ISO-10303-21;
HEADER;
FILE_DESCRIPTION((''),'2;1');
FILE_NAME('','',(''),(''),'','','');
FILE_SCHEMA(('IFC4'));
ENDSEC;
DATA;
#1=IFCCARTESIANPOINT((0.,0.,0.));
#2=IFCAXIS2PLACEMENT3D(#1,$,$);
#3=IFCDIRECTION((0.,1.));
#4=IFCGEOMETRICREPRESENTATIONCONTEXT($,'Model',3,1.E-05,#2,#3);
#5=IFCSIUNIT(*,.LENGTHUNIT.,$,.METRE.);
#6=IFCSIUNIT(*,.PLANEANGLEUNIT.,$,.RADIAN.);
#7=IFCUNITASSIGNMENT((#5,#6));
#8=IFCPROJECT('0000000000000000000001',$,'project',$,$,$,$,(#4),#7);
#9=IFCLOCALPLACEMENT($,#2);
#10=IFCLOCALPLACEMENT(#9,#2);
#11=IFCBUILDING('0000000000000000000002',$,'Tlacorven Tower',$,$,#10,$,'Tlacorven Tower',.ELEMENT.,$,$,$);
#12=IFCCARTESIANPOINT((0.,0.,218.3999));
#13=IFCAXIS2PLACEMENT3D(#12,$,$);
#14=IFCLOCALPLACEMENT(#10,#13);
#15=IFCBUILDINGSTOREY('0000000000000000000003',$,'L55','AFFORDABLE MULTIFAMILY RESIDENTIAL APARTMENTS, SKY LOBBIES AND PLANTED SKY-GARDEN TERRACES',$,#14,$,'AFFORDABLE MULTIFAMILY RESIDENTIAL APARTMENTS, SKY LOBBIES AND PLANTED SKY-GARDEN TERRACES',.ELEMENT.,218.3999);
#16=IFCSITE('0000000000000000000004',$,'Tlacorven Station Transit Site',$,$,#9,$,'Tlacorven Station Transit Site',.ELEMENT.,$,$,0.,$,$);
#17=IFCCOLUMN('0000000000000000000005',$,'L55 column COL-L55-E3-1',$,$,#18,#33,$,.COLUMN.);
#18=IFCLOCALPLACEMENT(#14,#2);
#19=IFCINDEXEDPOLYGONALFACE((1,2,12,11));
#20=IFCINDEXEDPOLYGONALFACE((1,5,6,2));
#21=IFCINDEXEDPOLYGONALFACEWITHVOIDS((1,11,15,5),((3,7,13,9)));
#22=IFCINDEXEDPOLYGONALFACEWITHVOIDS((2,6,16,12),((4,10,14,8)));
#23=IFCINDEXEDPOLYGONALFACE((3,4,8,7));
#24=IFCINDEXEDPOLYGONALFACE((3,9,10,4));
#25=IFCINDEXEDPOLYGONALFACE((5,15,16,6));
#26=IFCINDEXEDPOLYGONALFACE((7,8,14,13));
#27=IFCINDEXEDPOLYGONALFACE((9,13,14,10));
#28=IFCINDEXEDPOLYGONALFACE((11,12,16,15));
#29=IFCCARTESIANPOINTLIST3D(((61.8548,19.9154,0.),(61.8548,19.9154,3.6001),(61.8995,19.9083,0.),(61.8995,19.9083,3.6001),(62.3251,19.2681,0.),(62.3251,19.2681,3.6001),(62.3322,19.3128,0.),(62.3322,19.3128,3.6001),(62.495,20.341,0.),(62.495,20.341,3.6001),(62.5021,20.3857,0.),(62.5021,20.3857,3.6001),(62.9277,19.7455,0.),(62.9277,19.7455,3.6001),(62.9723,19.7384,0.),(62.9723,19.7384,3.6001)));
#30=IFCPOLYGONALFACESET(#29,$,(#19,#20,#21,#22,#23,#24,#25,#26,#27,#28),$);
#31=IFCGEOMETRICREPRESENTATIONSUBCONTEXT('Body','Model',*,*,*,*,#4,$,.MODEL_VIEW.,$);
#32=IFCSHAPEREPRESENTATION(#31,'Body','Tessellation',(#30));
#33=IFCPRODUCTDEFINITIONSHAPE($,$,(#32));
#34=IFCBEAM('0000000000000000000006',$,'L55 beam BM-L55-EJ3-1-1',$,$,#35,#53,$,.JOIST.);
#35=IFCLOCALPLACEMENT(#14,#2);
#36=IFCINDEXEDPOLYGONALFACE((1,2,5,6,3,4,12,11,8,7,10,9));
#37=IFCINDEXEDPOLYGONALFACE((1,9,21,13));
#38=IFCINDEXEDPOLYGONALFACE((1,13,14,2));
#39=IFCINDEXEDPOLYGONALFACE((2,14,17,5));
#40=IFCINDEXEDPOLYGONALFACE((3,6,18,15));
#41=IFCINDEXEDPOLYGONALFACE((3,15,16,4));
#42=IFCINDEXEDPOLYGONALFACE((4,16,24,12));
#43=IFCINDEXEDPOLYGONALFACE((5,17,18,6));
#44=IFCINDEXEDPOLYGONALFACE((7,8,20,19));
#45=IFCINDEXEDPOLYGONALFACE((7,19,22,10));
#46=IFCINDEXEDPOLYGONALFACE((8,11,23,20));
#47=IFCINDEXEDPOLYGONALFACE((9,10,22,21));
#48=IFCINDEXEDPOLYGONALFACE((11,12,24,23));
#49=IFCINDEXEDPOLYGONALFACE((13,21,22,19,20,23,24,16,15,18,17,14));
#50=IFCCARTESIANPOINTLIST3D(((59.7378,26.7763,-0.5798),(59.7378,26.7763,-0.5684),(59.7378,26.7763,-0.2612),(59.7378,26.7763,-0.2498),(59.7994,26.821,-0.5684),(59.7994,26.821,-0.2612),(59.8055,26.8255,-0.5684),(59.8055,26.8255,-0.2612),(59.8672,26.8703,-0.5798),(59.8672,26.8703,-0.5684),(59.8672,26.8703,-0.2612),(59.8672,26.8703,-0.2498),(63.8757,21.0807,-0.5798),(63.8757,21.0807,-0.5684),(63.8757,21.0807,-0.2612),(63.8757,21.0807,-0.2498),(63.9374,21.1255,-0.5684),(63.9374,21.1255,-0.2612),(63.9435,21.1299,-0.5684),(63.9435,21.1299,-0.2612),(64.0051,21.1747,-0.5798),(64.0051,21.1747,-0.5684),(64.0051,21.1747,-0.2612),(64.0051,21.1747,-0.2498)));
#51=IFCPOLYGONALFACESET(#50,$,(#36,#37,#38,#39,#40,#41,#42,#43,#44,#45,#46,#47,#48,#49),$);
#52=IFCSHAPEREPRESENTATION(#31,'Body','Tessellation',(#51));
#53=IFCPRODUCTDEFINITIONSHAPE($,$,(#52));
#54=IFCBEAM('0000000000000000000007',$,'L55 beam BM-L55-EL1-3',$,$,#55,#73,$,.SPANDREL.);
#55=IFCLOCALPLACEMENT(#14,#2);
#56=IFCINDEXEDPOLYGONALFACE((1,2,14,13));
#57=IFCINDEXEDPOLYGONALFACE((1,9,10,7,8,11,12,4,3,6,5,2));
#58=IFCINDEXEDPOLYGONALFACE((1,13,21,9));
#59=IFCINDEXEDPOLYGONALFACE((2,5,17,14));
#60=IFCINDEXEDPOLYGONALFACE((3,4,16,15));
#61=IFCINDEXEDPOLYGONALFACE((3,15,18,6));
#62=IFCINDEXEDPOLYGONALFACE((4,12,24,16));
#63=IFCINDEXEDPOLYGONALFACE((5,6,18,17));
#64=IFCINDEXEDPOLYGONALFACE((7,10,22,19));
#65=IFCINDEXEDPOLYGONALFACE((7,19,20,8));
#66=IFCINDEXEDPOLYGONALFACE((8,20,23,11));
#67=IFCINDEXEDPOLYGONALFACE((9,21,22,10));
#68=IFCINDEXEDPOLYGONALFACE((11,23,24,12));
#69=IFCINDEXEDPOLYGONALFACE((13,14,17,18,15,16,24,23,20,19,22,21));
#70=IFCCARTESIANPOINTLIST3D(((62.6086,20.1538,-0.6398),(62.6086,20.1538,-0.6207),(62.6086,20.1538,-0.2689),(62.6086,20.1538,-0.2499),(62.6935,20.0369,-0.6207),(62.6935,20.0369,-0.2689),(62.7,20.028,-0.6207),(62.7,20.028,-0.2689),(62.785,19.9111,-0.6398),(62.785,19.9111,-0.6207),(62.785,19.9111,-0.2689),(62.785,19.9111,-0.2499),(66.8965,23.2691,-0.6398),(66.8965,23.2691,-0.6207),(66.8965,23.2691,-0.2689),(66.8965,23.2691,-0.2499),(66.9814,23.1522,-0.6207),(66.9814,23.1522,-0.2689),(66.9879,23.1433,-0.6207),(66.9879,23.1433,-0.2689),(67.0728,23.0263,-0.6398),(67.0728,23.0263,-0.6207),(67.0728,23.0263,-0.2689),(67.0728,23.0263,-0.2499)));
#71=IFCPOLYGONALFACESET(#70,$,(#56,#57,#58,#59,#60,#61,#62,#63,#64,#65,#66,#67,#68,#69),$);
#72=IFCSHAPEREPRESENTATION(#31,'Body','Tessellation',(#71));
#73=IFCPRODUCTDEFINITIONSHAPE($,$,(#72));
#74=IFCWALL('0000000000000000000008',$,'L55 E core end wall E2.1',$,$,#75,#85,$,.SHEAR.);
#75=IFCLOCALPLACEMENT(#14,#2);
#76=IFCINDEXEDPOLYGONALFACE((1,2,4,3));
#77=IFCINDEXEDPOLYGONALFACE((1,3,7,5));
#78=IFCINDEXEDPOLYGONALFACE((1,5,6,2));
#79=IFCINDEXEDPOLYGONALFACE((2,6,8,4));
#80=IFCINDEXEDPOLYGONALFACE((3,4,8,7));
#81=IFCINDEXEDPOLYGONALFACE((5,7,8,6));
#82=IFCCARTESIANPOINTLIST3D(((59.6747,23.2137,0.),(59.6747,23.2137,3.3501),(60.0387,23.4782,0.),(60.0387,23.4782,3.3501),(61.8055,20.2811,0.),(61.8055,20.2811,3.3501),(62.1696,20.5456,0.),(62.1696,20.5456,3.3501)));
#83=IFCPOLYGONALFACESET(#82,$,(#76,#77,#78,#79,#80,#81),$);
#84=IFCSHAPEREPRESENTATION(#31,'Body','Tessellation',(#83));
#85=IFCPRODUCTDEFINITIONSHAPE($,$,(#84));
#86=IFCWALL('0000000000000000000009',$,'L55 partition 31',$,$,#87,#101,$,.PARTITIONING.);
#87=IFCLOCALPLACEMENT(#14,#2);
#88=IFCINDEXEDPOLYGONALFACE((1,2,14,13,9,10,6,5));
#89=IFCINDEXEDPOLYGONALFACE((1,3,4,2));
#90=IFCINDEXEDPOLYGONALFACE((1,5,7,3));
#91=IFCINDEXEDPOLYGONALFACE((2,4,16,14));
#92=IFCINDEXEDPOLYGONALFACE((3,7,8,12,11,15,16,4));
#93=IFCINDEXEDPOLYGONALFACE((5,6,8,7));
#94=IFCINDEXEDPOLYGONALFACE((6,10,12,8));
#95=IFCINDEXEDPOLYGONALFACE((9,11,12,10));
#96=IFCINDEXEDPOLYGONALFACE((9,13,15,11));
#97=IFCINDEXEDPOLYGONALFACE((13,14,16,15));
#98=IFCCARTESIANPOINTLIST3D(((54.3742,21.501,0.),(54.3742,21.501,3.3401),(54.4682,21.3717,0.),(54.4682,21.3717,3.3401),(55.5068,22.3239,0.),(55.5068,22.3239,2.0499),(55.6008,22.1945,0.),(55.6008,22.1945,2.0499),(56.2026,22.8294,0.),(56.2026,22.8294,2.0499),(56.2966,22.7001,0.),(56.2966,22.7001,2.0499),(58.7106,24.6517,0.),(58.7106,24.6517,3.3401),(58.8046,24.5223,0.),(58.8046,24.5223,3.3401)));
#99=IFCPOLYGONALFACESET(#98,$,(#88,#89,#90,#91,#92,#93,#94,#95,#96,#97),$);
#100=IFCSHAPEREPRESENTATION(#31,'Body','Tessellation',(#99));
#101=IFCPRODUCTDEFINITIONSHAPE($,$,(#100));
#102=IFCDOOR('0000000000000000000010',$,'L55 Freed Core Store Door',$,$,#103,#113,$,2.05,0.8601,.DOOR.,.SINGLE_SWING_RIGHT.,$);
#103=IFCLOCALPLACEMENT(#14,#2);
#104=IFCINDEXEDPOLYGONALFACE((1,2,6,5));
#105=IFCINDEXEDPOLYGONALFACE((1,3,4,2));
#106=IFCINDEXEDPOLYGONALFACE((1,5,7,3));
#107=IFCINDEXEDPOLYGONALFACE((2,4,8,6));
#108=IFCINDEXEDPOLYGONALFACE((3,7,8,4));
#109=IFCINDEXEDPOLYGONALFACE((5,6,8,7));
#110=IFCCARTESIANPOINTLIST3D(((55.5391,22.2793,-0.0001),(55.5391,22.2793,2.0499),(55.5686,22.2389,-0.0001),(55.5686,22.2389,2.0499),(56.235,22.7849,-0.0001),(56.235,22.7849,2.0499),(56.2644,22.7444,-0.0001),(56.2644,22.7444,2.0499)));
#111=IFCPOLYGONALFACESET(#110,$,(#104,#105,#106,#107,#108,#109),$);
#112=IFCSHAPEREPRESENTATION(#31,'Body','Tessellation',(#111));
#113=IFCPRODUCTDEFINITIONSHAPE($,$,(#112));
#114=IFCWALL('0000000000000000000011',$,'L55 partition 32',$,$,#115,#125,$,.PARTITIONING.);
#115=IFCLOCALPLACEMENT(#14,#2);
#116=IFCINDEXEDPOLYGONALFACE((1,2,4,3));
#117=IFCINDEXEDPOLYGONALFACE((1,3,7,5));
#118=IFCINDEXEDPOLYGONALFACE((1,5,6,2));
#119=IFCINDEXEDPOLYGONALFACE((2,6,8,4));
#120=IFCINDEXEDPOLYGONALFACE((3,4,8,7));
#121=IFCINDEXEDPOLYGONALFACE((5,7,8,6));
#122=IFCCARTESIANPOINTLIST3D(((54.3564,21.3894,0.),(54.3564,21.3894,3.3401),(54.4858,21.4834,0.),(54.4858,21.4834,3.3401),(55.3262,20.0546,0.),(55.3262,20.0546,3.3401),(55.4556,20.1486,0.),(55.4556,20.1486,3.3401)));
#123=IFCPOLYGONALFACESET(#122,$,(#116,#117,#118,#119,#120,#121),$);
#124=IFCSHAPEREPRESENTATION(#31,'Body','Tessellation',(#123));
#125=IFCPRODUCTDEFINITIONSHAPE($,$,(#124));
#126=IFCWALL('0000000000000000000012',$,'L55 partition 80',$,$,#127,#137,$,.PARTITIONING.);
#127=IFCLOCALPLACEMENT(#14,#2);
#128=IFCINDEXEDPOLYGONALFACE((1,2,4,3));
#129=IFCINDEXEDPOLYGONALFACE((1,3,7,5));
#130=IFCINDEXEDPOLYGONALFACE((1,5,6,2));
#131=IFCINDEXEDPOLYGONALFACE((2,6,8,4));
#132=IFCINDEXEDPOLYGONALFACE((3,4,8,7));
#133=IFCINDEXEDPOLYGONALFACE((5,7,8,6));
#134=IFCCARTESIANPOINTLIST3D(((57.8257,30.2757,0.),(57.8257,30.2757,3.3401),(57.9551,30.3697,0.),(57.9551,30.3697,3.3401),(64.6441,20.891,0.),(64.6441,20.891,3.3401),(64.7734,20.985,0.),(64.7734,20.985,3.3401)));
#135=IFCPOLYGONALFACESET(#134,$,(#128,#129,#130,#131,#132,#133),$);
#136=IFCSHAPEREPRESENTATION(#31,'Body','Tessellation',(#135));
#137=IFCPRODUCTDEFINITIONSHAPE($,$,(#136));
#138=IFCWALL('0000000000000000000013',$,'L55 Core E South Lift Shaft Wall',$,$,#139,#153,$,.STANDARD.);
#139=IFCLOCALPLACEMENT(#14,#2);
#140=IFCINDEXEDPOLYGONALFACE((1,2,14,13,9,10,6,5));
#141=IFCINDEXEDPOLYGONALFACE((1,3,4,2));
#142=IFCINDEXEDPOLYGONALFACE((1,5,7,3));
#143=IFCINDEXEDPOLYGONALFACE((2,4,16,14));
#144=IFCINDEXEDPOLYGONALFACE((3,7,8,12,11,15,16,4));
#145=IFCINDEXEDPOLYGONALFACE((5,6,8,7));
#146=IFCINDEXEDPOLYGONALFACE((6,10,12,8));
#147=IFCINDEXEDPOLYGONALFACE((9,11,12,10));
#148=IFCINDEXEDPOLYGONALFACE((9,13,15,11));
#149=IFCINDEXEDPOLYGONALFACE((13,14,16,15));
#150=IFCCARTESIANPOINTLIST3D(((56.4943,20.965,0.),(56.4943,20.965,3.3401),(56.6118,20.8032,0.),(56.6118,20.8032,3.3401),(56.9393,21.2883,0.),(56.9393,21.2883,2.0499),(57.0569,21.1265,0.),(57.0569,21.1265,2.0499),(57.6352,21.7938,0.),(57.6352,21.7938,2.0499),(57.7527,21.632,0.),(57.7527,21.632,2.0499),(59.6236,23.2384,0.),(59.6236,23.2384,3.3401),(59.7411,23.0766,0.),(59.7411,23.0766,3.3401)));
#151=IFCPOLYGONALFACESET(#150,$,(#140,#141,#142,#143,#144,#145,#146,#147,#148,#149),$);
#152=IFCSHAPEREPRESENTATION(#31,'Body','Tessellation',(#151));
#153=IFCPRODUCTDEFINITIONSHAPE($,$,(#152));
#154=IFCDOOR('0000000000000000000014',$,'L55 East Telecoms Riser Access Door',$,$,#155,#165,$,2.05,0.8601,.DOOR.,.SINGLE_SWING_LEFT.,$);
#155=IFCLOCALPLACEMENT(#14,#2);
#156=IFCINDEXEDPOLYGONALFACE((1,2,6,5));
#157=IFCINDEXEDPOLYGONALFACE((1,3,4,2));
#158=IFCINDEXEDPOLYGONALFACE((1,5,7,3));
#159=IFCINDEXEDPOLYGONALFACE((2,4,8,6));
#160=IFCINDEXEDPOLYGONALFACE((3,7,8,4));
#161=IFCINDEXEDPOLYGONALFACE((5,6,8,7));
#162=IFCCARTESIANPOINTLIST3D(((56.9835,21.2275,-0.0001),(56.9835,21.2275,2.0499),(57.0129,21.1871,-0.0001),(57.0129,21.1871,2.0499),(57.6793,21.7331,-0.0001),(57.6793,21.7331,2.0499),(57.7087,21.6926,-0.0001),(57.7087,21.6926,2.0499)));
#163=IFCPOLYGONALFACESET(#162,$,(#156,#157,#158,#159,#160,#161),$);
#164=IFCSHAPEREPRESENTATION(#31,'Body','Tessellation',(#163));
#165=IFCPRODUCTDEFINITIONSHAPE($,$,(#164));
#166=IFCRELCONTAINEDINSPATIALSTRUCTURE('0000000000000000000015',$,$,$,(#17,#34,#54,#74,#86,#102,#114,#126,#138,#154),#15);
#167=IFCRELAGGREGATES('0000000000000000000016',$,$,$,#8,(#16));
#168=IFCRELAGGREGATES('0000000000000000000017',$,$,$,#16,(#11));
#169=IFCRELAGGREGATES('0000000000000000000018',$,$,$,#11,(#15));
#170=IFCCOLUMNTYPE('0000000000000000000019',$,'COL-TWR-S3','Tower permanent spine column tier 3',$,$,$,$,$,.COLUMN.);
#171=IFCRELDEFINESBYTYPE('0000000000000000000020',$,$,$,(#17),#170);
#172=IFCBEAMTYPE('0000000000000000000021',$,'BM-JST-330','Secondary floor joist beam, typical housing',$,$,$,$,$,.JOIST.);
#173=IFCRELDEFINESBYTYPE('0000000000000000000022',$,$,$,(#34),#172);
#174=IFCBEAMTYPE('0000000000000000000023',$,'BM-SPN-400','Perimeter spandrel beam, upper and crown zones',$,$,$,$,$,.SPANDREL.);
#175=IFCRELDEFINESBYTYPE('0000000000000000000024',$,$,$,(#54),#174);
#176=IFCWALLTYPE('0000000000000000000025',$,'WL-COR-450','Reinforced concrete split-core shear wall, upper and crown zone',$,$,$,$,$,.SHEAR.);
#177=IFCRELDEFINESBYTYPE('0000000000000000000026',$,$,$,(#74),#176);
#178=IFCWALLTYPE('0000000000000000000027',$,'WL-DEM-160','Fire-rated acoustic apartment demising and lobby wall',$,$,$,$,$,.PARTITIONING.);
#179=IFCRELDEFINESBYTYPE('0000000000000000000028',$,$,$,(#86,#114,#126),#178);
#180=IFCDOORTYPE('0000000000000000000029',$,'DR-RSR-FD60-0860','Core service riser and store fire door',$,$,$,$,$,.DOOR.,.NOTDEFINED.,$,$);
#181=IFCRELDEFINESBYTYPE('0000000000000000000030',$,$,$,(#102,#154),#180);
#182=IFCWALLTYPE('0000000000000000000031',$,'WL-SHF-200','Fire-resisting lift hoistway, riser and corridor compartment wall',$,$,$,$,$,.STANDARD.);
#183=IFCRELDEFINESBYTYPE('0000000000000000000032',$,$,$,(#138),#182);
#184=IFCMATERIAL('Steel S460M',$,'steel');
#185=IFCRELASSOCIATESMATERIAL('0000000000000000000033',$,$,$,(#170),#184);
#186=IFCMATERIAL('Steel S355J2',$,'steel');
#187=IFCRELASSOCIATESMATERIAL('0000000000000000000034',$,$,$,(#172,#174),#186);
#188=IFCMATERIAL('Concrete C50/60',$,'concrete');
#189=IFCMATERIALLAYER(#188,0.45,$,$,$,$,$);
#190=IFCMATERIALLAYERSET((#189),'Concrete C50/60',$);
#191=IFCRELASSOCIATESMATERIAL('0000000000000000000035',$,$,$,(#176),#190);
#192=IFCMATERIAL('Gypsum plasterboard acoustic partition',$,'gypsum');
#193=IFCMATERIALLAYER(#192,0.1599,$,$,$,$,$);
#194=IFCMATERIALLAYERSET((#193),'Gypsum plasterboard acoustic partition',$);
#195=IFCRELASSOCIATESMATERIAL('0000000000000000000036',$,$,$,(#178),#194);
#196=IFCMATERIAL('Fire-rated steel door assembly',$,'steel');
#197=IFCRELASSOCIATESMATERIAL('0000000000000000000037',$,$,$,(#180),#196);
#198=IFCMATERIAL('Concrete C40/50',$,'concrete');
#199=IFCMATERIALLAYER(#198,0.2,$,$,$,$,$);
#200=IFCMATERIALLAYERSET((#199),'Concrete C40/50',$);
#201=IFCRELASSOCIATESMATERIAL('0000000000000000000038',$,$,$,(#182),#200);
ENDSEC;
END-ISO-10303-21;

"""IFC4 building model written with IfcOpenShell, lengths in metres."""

from ifc_helpers import new_model, si_unit, direction, frame, frame_2d, origin, origin_2d, place, context, subcontext, project, spatial, rectangle, hollow_rectangle, i_section, extrude, source, transform, mapped, material, layer, layer_set, material_profile, profile_set, type_object, element, fill, save


model = new_model("IFC4")

# Units and contexts
model_context = context("Model", 3, precision=1e-05, world=origin(), true_north=direction((0.0, 1.0)))
body_context = subcontext(model_context, "Body", "Model", "MODEL_VIEW")
ifc_project = project(units=[si_unit("LENGTHUNIT", "METRE"), si_unit("PLANEANGLEUNIT", "RADIAN")], contexts=[model_context])

# Site, building, storey
site_placement = place(None, origin())
site = spatial("IfcSite", under=ifc_project, at=site_placement, Name="Tlacorven Station Transit Site", LongName="Tlacorven Station Transit Site", CompositionType="ELEMENT", RefElevation=0.0)
building_placement = place(site_placement, origin())
building = spatial("IfcBuilding", under=site, at=building_placement, Name="Tlacorven Tower", LongName="Tlacorven Tower", CompositionType="ELEMENT")
storey_placement = place(building_placement, frame((0.0, 0.0, 218.3999)))
storey = spatial("IfcBuildingStorey", under=building, at=storey_placement, Name="L55", Description="AFFORDABLE MULTIFAMILY RESIDENTIAL APARTMENTS, SKY LOBBIES AND PLANTED SKY-GARDEN TERRACES", LongName="AFFORDABLE MULTIFAMILY RESIDENTIAL APARTMENTS, SKY LOBBIES AND PLANTED SKY-GARDEN TERRACES", CompositionType="ELEMENT", Elevation=218.3999)

# Column
ifc_material_1 = material(Name="Steel S460M", Category="steel")
ifc_material_profile_1 = material_profile(ifc_material_1, hollow_rectangle(XDim=0.8, YDim=0.8, WallThickness=0.032, at=origin_2d()), Name="BOX 800X800X32")
ifc_profile_set_1 = profile_set([ifc_material_profile_1], Name="Steel S460M")
column_type = type_object("IfcColumnType", Name="COL-TWR-S3", Description="Tower permanent spine column tier 3", PredefinedType="COLUMN", material=ifc_profile_set_1)
shared_shape_1 = source(origin(), body_context, "Body", "SweptSolid", [
    extrude(hollow_rectangle(XDim=0.8, YDim=0.8, WallThickness=0.032, at=origin_2d()), origin(), (0.0, 0.0, 1.0), 3.6001),
])
column_placement = place(storey_placement, frame((62.4136, 19.8269, 0.0), z_axis=(0.0, 0.0, 1.0), x_axis=(0.809017, 0.587785, 0.0)))
element("IfcColumn", 1, at=column_placement, inside=storey, type_object=column_type, Name="L55 column COL-L55-E3-1", PredefinedType="COLUMN", context=body_context, shape_type="MappedRepresentation", body=[
    mapped(shared_shape_1, transform((0.0, 0.0, 0.0), scale=1.0)),
])

# Beams
ifc_material_2 = material(Name="Steel S355J2", Category="steel")
ifc_material_profile_2 = material_profile(ifc_material_2, i_section(OverallWidth=0.1599, OverallDepth=0.3301, WebThickness=0.0076, FlangeThickness=0.0115, at=origin_2d()), Name="IPE 330")
ifc_profile_set_2 = profile_set([ifc_material_profile_2], Name="Steel S355J2")
beam_type_1 = type_object("IfcBeamType", Name="BM-JST-330", Description="Secondary floor joist beam, typical housing", PredefinedType="JOIST", material=ifc_profile_set_2)
shared_shape_2 = source(origin(), body_context, "Body", "SweptSolid", [
    extrude(i_section(OverallWidth=0.1599, OverallDepth=0.3301, WebThickness=0.0076, FlangeThickness=0.0115, at=origin_2d()), origin(), (0.0, 0.0, 1.0), 7.04),
])
beam_1_placement = place(storey_placement, frame((63.9404, 21.1277, -0.4148), z_axis=(-0.587774, 0.809025, 0.0), x_axis=(-0.809025, -0.587774, 0.0)))
element("IfcBeam", 2, at=beam_1_placement, inside=storey, type_object=beam_type_1, Name="L55 beam BM-L55-EJ3-1-1", PredefinedType="JOIST", context=body_context, shape_type="MappedRepresentation", body=[
    mapped(shared_shape_2, transform((0.0, 0.0, 0.0), scale=1.0)),
])
ifc_material_profile_3 = material_profile(ifc_material_2, i_section(OverallWidth=0.3, OverallDepth=0.3899, WebThickness=0.011, FlangeThickness=0.019, at=origin_2d()), Name="HEA 400")
ifc_profile_set_3 = profile_set([ifc_material_profile_3], Name="Steel S355J2")
beam_type_2 = type_object("IfcBeamType", Name="BM-SPN-400", Description="Perimeter spandrel beam, upper and crown zones", PredefinedType="SPANDREL", material=ifc_profile_set_3)
shared_shape_3 = source(origin(), body_context, "Body", "SweptSolid", [
    extrude(i_section(OverallWidth=0.3, OverallDepth=0.3899, WebThickness=0.011, FlangeThickness=0.019, at=origin_2d()), origin(), (0.0, 0.0, 1.0), 5.3),
])
beam_2_placement = place(storey_placement, frame((62.6968, 20.0325, -0.4448), z_axis=(0.809023, 0.587777, 0.0), x_axis=(-0.587777, 0.809023, 0.0)))
element("IfcBeam", 3, at=beam_2_placement, inside=storey, type_object=beam_type_2, Name="L55 beam BM-L55-EL1-3", PredefinedType="SPANDREL", context=body_context, shape_type="MappedRepresentation", body=[
    mapped(shared_shape_3, transform((0.0, 0.0, 0.0), scale=1.0)),
])

# Wall
ifc_material_3 = material(Name="Concrete C50/60", Category="concrete")
ifc_layer_1 = layer(ifc_material_3, 0.45)
ifc_layer_set_1 = layer_set([ifc_layer_1], Name="Concrete C50/60")
wall_type_1 = type_object("IfcWallType", Name="WL-COR-450", Description="Reinforced concrete split-core shear wall, upper and crown zone", PredefinedType="SHEAR", material=ifc_layer_set_1)
wall_1_placement = place(storey_placement, frame((61.9875, 20.4133, 0.0), z_axis=(0.0, 0.0, 1.0), x_axis=(-0.587819, 0.808992, 0.0)))
element("IfcWall", 4, at=wall_1_placement, inside=storey, type_object=wall_type_1, Name="L55 E core end wall E2.1", PredefinedType="SHEAR", context=body_context, shape_type="SweptSolid", body=[
    extrude(rectangle(XDim=3.625, YDim=0.45, at=frame_2d((1.8125, 0.0))), origin(), (0.0, 0.0, 1.0), 3.3501),
])

# Wall, opening, door
ifc_material_4 = material(Name="Gypsum plasterboard acoustic partition", Category="gypsum")
ifc_layer_2 = layer(ifc_material_4, 0.1599)
ifc_layer_set_2 = layer_set([ifc_layer_2], Name="Gypsum plasterboard acoustic partition")
wall_type_2 = type_object("IfcWallType", Name="WL-DEM-160", Description="Fire-rated acoustic apartment demising and lobby wall", PredefinedType="PARTITIONING", material=ifc_layer_set_2)
wall_2_placement = place(storey_placement, frame((54.4211, 21.4363, 0.0), z_axis=(0.0, 0.0, 1.0), x_axis=(0.809014, 0.58779, 0.0)))
wall_2 = element("IfcWall", 5, at=wall_2_placement, inside=storey, type_object=wall_type_2, Name="L55 partition 31", PredefinedType="PARTITIONING", context=body_context, shape_type="SweptSolid", body=[
    extrude(rectangle(XDim=5.3601, YDim=0.1599, at=frame_2d((2.6802, 0.0))), origin(), (0.0, 0.0, 1.0), 3.3401),
])
opening_1_placement = place(wall_2_placement, frame((1.3999, 0.0, 0.0)))
opening_1 = element("IfcOpeningElement", 6, at=opening_1_placement, cuts=wall_2, PredefinedType="OPENING", context=body_context, shape_type="SweptSolid", body=[
    extrude(rectangle(XDim=0.8601, YDim=2.05, at=frame_2d((0.4302, 1.0249))), frame((0.0, 0.0898, 0.0), z_axis=(0.0, -1.0, 0.0), x_axis=(1.0, 0.0, 0.0)), (0.0, 0.0, 1.0), 0.1799),
])
ifc_material_5 = material(Name="Fire-rated steel door assembly", Category="steel")
door_type = type_object("IfcDoorType", Name="DR-RSR-FD60-0860", Description="Core service riser and store fire door", OperationType="NOTDEFINED", PredefinedType="DOOR", material=ifc_material_5)
shared_shape_4 = source(origin(), body_context, "Body", "SweptSolid", [
    extrude(rectangle(XDim=0.8601, YDim=2.05, at=frame_2d((0.4302, 1.0249))), frame((0.0, 0.0249, 0.0), z_axis=(0.0, -1.0, 0.0), x_axis=(1.0, 0.0, 0.0)), (0.0, 0.0, 1.0), 0.05),
])
door_1_placement = place(opening_1_placement, origin())
door_1 = element("IfcDoor", 7, at=door_1_placement, inside=storey, type_object=door_type, Name="L55 Freed Core Store Door", OperationType="SINGLE_SWING_RIGHT", OverallHeight=2.05, OverallWidth=0.8601, PredefinedType="DOOR", context=body_context, shape_type="MappedRepresentation", body=[
    mapped(shared_shape_4, transform((0.0, 0.0, 0.0), scale=1.0)),
])
fill(opening_1, door_1)

# Walls
wall_3_placement = place(storey_placement, frame((55.3909, 20.1016, 0.0), z_axis=(0.0, 0.0, 1.0), x_axis=(-0.587784, 0.809018, 0.0)))
element("IfcWall", 8, at=wall_3_placement, inside=storey, type_object=wall_type_2, Name="L55 partition 32", PredefinedType="PARTITIONING", context=body_context, shape_type="SweptSolid", body=[
    extrude(rectangle(XDim=1.6499, YDim=0.1599, at=frame_2d((0.825, 0.0))), origin(), (0.0, 0.0, 1.0), 3.3401),
])
wall_4_placement = place(storey_placement, frame((64.7087, 20.938, 0.0), z_axis=(0.0, 0.0, 1.0), x_axis=(-0.587781, 0.80902, 0.0)))
element("IfcWall", 9, at=wall_4_placement, inside=storey, type_object=wall_type_2, Name="L55 partition 80", PredefinedType="PARTITIONING", context=body_context, shape_type="SweptSolid", body=[
    extrude(rectangle(XDim=11.6001, YDim=0.1599, at=frame_2d((5.8, 0.0))), origin(), (0.0, 0.0, 1.0), 3.3401),
])

# Wall, opening, door
ifc_material_6 = material(Name="Concrete C40/50", Category="concrete")
ifc_layer_3 = layer(ifc_material_6, 0.2)
ifc_layer_set_3 = layer_set([ifc_layer_3], Name="Concrete C40/50")
wall_type_3 = type_object("IfcWallType", Name="WL-SHF-200", Description="Fire-resisting lift hoistway, riser and corridor compartment wall", PredefinedType="STANDARD", material=ifc_layer_set_3)
wall_5_placement = place(storey_placement, frame((56.553, 20.884, 0.0), z_axis=(0.0, 0.0, 1.0), x_axis=(0.809042, 0.587751, 0.0)))
wall_5 = element("IfcWall", 10, at=wall_5_placement, inside=storey, type_object=wall_type_3, Name="L55 Core E South Lift Shaft Wall", PredefinedType="STANDARD", context=body_context, shape_type="SweptSolid", body=[
    extrude(rectangle(XDim=3.8679, YDim=0.2, at=frame_2d((1.9341, 0.0))), origin(), (0.0, 0.0, 1.0), 3.3401),
])
opening_2_placement = place(wall_5_placement, frame((0.55, 0.0, 0.0)))
opening_2 = element("IfcOpeningElement", 11, at=opening_2_placement, cuts=wall_5, PredefinedType="OPENING", context=body_context, shape_type="SweptSolid", body=[
    extrude(rectangle(XDim=0.8601, YDim=2.05, at=frame_2d((0.4302, 1.0249))), frame((0.0, 0.1099, 0.0), z_axis=(0.0, -1.0, 0.0), x_axis=(1.0, 0.0, 0.0)), (0.0, 0.0, 1.0), 0.22),
])
door_2_placement = place(opening_2_placement, origin())
door_2 = element("IfcDoor", 12, at=door_2_placement, inside=storey, type_object=door_type, Name="L55 East Telecoms Riser Access Door", OperationType="SINGLE_SWING_LEFT", OverallHeight=2.05, OverallWidth=0.8601, PredefinedType="DOOR", context=body_context, shape_type="MappedRepresentation", body=[
    mapped(shared_shape_4, transform((0.0, 0.0, 0.0), scale=1.0)),
])
fill(opening_2, door_2)

save(model, "model.ifc")
